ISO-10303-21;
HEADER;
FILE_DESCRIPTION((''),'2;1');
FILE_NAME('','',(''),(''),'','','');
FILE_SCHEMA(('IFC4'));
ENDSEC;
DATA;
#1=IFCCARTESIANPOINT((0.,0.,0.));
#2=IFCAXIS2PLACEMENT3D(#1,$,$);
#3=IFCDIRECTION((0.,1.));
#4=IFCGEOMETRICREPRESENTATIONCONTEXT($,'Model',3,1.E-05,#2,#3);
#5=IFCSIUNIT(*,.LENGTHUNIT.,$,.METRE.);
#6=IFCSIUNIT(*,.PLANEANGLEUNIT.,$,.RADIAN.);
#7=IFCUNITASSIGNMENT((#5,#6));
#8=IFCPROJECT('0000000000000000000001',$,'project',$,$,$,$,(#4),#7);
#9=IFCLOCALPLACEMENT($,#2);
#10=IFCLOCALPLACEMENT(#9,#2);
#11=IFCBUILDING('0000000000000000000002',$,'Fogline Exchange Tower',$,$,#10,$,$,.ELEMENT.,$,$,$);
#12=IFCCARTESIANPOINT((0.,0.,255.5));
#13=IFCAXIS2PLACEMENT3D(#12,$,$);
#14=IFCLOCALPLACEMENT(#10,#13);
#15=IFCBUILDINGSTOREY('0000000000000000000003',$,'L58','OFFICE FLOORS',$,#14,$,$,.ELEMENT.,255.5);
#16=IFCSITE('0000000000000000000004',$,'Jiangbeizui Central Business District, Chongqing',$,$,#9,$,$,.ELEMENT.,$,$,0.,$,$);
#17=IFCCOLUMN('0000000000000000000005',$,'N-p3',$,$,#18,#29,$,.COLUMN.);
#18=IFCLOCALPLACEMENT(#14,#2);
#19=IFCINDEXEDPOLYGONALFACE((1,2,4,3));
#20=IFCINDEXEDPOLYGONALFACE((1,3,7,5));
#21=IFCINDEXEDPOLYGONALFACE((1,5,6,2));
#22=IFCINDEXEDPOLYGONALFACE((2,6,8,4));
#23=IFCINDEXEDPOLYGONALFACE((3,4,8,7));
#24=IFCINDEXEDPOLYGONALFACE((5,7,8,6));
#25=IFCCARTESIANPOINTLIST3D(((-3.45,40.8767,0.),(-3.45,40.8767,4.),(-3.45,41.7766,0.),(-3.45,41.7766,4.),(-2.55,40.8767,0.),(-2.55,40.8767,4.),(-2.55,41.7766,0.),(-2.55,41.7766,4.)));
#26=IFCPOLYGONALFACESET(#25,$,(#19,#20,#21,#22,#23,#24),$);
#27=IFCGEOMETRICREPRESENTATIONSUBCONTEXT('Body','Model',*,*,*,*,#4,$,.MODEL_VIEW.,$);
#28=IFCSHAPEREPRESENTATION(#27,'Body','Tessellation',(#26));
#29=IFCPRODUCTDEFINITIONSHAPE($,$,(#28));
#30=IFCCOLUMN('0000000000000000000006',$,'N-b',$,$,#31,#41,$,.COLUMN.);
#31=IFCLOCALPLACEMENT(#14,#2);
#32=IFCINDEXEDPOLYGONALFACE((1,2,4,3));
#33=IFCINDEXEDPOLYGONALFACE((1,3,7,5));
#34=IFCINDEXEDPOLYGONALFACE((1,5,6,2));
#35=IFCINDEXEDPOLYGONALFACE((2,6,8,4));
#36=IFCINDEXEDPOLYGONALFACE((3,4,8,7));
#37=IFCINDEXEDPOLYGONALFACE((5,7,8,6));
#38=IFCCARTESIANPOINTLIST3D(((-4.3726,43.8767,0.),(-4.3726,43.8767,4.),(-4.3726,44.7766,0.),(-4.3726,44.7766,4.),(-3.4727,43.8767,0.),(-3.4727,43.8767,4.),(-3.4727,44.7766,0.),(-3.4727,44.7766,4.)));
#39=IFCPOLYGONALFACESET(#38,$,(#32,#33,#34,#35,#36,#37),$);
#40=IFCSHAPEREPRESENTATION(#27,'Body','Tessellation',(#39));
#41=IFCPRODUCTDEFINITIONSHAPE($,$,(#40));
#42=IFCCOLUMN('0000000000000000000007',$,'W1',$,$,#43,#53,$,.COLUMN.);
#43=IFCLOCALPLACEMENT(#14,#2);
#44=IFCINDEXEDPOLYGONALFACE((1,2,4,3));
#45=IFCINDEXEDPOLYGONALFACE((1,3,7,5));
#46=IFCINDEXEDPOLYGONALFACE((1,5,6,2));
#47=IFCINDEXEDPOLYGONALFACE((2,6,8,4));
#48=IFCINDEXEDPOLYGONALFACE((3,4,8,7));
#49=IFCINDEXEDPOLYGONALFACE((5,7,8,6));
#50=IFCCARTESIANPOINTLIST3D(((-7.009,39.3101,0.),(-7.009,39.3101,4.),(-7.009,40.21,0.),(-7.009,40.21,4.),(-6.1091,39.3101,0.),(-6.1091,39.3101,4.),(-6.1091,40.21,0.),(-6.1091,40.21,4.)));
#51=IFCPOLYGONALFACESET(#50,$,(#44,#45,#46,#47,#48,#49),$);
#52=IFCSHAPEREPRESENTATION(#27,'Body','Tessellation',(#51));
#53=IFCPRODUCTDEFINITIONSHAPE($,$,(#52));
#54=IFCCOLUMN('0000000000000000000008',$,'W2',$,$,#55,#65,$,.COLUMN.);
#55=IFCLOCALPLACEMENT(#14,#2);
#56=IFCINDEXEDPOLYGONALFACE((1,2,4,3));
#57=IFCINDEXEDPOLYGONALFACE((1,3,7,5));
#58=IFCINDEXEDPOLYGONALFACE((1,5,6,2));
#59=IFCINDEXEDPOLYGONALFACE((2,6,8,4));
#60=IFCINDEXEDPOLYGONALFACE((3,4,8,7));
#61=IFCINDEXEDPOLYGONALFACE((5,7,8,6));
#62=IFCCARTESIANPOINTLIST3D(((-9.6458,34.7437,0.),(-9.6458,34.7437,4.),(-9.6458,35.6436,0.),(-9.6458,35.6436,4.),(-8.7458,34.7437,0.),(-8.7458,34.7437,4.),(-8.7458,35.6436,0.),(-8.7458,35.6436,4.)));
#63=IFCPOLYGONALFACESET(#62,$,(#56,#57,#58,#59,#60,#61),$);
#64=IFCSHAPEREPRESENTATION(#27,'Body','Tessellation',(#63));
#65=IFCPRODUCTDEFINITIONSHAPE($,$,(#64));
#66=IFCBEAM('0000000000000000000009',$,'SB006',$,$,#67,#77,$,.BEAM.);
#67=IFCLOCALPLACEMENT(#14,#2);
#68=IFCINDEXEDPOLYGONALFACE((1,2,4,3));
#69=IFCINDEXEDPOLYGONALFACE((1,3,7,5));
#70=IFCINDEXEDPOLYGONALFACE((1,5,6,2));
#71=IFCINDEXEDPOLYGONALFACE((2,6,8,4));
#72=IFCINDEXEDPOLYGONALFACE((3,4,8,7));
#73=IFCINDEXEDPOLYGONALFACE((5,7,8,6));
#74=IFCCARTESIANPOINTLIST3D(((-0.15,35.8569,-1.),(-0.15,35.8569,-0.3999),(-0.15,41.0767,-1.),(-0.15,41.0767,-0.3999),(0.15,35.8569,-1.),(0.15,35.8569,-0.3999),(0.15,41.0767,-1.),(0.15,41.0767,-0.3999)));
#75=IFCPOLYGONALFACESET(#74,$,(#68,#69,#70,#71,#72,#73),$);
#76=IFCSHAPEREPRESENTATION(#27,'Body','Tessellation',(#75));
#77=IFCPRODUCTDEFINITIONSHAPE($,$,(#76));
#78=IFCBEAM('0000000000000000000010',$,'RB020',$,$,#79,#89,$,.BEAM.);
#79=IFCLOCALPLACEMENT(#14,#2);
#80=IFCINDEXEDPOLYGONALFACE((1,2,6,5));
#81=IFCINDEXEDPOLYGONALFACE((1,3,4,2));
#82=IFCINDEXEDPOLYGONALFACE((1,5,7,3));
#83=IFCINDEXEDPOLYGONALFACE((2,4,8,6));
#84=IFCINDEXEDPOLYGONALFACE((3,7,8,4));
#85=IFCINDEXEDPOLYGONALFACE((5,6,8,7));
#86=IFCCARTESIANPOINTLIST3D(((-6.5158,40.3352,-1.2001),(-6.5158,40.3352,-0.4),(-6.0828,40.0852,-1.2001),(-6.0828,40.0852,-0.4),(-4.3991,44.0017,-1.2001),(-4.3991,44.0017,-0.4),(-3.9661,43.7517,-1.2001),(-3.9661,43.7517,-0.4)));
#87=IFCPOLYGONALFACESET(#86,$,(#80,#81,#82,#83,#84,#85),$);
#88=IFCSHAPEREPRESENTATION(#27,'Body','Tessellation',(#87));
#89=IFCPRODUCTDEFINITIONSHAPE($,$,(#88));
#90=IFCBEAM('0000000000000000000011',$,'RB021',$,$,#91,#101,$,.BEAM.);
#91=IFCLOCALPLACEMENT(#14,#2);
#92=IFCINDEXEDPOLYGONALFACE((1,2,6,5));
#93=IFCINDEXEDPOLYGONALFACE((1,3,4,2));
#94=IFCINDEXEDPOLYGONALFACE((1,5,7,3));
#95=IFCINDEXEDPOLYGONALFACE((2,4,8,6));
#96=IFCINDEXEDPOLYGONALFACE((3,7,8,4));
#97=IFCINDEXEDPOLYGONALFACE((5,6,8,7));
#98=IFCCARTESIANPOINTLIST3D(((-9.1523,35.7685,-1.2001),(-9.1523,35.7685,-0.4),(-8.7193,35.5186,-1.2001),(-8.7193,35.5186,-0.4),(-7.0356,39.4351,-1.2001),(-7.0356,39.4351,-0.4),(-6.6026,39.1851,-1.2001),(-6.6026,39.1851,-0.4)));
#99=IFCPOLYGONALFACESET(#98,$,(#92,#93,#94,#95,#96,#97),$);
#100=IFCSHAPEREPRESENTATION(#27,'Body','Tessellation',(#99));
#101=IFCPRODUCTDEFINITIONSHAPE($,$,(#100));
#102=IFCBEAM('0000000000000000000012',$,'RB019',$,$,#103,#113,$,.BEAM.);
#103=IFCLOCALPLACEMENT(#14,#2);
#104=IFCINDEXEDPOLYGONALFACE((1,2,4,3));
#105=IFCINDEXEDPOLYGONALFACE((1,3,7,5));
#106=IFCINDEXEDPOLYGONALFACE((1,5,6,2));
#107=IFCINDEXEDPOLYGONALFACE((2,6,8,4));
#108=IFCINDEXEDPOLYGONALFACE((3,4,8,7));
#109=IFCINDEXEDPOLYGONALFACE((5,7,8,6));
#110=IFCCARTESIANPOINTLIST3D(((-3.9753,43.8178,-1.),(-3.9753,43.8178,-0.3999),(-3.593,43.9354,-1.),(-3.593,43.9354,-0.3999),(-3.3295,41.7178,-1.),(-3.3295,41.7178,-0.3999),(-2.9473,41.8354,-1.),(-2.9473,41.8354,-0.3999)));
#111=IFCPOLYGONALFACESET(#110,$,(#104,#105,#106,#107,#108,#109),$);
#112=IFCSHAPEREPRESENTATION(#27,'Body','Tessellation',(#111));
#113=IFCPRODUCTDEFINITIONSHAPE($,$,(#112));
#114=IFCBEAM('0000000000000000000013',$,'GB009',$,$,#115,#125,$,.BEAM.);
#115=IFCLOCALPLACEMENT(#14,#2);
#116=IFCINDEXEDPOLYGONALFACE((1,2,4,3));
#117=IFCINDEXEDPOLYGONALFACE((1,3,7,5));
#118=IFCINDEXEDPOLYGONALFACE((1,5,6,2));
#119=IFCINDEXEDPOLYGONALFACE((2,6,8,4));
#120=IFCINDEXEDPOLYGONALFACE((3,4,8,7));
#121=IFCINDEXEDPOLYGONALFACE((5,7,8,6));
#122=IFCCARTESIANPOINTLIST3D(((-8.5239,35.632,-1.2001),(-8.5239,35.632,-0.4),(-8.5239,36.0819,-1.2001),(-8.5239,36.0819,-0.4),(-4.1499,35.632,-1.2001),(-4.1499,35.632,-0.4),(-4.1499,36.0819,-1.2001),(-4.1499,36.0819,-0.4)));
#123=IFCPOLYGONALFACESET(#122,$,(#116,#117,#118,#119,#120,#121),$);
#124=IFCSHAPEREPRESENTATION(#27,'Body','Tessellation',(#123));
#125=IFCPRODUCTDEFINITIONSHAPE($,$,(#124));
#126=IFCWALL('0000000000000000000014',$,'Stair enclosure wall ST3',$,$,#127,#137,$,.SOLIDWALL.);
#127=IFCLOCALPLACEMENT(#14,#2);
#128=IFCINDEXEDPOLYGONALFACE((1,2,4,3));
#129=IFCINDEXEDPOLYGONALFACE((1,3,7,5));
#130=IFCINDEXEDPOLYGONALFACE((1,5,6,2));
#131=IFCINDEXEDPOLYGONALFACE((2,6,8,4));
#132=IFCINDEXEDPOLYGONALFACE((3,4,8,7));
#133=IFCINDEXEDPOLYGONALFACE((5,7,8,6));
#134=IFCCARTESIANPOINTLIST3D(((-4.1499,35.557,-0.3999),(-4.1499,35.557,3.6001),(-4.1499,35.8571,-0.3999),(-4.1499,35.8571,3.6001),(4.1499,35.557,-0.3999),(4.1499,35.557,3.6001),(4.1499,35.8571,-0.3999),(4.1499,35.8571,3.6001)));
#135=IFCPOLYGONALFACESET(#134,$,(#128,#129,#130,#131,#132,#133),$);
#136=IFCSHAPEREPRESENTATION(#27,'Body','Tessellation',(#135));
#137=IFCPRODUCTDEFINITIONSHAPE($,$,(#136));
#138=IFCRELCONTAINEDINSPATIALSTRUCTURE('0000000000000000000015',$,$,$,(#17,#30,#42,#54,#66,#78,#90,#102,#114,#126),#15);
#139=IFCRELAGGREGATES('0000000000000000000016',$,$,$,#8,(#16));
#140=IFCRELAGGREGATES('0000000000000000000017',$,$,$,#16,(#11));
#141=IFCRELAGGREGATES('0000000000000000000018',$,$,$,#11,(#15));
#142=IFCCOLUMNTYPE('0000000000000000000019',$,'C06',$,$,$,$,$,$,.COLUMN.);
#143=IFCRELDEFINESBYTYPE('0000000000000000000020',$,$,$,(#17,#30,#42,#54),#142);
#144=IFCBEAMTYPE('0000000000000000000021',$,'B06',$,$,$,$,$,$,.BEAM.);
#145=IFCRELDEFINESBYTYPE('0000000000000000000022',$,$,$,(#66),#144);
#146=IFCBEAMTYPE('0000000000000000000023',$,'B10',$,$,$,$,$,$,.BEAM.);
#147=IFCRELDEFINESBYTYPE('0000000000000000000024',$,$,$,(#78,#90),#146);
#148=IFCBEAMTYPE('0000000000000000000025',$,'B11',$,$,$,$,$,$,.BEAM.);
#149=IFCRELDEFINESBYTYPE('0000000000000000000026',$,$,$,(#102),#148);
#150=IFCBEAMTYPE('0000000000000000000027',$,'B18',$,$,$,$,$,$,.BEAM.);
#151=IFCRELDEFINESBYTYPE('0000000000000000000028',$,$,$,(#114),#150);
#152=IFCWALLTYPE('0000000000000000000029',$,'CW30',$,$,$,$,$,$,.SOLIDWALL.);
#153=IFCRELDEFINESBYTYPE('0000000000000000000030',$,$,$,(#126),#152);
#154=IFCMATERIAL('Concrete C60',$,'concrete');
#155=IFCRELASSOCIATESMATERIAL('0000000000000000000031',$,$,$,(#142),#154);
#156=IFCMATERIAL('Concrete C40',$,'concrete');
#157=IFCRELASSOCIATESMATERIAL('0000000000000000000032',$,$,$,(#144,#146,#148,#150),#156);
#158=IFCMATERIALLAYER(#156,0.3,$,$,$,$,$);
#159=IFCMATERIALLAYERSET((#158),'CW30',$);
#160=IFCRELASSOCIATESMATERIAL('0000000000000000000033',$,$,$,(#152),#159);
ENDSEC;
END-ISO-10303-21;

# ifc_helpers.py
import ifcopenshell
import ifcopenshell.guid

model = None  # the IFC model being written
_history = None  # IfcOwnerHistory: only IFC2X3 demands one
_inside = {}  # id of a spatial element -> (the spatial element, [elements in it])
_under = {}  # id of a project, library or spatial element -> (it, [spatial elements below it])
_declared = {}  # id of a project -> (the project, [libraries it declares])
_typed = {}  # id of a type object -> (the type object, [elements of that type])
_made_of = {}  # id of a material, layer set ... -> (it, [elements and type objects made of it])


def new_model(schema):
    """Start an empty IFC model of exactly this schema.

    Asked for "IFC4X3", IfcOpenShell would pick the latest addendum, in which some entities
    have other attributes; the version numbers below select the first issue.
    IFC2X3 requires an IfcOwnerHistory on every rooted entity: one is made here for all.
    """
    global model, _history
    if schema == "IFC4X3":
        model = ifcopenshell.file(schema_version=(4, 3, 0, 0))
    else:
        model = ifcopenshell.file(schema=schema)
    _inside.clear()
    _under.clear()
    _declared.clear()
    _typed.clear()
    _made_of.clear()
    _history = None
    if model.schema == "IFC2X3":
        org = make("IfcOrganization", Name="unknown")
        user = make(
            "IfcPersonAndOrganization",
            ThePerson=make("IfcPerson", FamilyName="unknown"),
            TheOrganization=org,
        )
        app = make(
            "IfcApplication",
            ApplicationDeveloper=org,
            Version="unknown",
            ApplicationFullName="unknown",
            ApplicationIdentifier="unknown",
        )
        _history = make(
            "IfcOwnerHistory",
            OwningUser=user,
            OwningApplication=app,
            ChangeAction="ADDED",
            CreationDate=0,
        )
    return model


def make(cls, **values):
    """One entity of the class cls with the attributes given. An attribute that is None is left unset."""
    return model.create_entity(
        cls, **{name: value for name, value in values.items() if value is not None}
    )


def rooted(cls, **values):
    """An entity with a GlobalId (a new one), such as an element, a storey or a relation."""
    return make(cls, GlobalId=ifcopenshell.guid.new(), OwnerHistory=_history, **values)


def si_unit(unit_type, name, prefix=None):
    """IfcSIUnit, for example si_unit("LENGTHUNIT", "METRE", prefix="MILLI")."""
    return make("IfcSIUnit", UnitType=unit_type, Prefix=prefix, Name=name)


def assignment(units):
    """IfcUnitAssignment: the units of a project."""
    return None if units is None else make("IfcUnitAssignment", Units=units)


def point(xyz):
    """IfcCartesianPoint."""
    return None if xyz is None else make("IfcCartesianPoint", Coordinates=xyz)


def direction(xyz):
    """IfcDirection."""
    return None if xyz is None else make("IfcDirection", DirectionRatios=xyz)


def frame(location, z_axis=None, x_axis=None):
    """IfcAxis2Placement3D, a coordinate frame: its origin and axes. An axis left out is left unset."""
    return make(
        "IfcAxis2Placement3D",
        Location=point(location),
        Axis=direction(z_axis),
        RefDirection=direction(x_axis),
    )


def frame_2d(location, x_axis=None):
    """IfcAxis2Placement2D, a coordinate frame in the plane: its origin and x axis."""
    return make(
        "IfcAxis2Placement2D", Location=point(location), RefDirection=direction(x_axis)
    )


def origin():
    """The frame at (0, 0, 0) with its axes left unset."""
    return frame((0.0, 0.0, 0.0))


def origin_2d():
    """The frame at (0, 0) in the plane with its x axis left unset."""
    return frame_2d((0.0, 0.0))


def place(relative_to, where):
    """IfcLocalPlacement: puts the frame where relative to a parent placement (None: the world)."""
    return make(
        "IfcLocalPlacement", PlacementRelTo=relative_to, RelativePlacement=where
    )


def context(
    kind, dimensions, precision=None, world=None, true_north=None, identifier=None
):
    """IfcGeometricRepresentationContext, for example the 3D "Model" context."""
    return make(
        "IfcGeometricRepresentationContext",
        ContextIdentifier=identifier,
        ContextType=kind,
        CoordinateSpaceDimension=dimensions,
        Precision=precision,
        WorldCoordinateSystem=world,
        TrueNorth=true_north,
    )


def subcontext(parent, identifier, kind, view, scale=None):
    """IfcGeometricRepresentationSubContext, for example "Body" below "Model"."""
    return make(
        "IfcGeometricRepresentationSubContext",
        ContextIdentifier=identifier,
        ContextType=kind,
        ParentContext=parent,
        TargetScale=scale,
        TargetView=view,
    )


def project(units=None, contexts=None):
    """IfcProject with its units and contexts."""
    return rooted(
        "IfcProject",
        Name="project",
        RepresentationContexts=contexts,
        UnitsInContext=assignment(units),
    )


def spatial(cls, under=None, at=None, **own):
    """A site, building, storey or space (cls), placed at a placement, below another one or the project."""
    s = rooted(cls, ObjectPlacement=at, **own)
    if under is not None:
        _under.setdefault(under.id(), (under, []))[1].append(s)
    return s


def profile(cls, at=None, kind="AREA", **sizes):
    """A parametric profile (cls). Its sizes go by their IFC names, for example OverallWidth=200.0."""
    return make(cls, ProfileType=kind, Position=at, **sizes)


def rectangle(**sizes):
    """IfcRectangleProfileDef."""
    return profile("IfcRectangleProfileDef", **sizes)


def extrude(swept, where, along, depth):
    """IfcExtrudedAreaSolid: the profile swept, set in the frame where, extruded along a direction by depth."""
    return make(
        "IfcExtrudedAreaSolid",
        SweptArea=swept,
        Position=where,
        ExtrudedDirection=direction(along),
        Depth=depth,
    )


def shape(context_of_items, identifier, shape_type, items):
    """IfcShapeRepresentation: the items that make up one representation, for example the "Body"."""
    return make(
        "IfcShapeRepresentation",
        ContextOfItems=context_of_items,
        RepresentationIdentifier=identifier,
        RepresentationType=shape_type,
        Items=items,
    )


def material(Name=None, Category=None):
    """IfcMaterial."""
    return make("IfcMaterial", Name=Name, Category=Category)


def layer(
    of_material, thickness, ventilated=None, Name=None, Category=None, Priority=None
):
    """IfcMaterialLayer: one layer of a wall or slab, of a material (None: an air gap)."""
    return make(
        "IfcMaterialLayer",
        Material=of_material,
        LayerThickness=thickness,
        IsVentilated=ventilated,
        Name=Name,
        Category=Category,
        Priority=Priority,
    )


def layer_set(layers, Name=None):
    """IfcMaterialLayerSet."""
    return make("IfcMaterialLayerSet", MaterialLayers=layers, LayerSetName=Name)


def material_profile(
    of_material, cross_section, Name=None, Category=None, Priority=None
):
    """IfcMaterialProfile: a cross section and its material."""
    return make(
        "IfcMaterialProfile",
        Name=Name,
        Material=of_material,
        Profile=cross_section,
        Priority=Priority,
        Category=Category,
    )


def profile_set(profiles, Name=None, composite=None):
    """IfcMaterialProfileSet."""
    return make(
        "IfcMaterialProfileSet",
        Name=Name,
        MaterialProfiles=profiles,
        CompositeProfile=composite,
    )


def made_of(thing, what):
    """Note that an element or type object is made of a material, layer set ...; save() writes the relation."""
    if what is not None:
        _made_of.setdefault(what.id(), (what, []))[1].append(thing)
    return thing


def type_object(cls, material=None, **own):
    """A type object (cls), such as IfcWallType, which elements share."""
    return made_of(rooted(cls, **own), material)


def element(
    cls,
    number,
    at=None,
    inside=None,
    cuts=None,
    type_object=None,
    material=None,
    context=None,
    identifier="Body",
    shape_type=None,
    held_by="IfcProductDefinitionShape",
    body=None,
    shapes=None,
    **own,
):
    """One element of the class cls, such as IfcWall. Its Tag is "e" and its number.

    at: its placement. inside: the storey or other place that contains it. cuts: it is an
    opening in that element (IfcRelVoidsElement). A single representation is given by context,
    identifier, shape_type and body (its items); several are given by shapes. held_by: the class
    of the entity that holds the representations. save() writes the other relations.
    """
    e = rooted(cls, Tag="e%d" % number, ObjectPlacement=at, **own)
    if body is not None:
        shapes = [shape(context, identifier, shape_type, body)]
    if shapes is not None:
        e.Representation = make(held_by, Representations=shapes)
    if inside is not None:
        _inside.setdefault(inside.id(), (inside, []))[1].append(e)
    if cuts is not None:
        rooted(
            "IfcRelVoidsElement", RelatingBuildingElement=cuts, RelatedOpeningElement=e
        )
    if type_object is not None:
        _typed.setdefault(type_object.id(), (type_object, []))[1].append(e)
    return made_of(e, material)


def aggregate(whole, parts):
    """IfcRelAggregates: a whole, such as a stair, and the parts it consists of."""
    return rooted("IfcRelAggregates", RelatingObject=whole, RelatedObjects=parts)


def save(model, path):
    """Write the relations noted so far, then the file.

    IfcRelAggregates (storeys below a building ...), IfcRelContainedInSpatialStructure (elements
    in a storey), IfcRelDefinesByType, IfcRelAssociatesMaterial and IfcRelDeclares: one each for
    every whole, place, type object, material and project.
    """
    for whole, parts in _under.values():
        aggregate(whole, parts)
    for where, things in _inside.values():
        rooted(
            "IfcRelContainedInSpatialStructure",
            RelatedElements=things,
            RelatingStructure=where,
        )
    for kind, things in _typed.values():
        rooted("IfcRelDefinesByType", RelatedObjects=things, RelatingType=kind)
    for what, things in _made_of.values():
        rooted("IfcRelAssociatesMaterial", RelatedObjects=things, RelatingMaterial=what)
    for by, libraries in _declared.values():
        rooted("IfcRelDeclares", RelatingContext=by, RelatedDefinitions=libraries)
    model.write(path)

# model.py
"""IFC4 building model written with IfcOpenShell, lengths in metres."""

from ifc_helpers import new_model, si_unit, direction, frame, frame_2d, origin, origin_2d, place, context, subcontext, project, spatial, rectangle, extrude, material, layer, layer_set, material_profile, profile_set, type_object, element, save


model = new_model("IFC4")

# Units and contexts
model_context = context("Model", 3, precision=1e-05, world=origin(), true_north=direction((0.0, 1.0)))
body_context = subcontext(model_context, "Body", "Model", "MODEL_VIEW")
ifc_project = project(units=[si_unit("LENGTHUNIT", "METRE"), si_unit("PLANEANGLEUNIT", "RADIAN")], contexts=[model_context])

# Site, building, storey
site_placement = place(None, origin())
site = spatial("IfcSite", under=ifc_project, at=site_placement, Name="Jiangbeizui Central Business District, Chongqing", CompositionType="ELEMENT", RefElevation=0.0)
building_placement = place(site_placement, origin())
building = spatial("IfcBuilding", under=site, at=building_placement, Name="Fogline Exchange Tower", CompositionType="ELEMENT")
storey_placement = place(building_placement, frame((0.0, 0.0, 255.5)))
storey = spatial("IfcBuildingStorey", under=building, at=storey_placement, Name="L58", Description="OFFICE FLOORS", CompositionType="ELEMENT", Elevation=255.5)

# Columns
ifc_material_1 = material(Name="Concrete C60", Category="concrete")
ifc_material_profile_1 = material_profile(ifc_material_1, rectangle(XDim=0.8999, YDim=0.8999, at=origin_2d()), Name="RC 900x900")
ifc_profile_set_1 = profile_set([ifc_material_profile_1], Name="Concrete C60")
column_type = type_object("IfcColumnType", Name="C06", PredefinedType="COLUMN", material=ifc_profile_set_1)
for number, where, z_axis, x_axis, name in (
    (1, (-3.0, 41.3267, 0.0), (0.0, 0.0, 1.0), (1.0, 0.0, 0.0), "N-p3"),
    (2, (-3.9226, 44.3267, 0.0), (0.0, 0.0, 1.0), (1.0, 0.0, 0.0), "N-b"),
    (3, (-6.5591, 39.76, 0.0), (0.0, 0.0, 1.0), (1.0, 0.0, 0.0), "W1"),
    (4, (-9.1958, 35.1936, 0.0), (0.0, 0.0, 1.0), (1.0, 0.0, 0.0), "W2"),
):
    element("IfcColumn", number, at=place(storey_placement, frame(where, z_axis=z_axis, x_axis=x_axis)), inside=storey, type_object=column_type, Name=name, PredefinedType="COLUMN", context=body_context, shape_type="SweptSolid", body=[
        extrude(rectangle(XDim=0.8999, YDim=0.8999, at=origin_2d()), origin(), (0.0, 0.0, 1.0), 4.0),
    ])

# Beams
ifc_material_2 = material(Name="Concrete C40", Category="concrete")
ifc_material_profile_2 = material_profile(ifc_material_2, rectangle(XDim=0.3, YDim=0.6001, at=origin_2d()), Name="RC 300x600")
ifc_profile_set_2 = profile_set([ifc_material_profile_2], Name="Concrete C40")
beam_type_1 = type_object("IfcBeamType", Name="B06", PredefinedType="BEAM", material=ifc_profile_set_2)
beam_1_placement = place(storey_placement, frame((0.0, 35.8569, -0.7), z_axis=(0.0, 1.0, 0.0), x_axis=(-1.0, 0.0, 0.0)))
element("IfcBeam", 5, at=beam_1_placement, inside=storey, type_object=beam_type_1, Name="SB006", PredefinedType="BEAM", context=body_context, shape_type="SweptSolid", body=[
    extrude(rectangle(XDim=0.3, YDim=0.6001, at=origin_2d()), origin(), (0.0, 0.0, 1.0), 5.2197),
])
ifc_material_profile_3 = material_profile(ifc_material_2, rectangle(XDim=0.5, YDim=0.8, at=origin_2d()), Name="RC 500x800")
ifc_profile_set_3 = profile_set([ifc_material_profile_3], Name="Concrete C40")
beam_type_2 = type_object("IfcBeamType", Name="B10", PredefinedType="BEAM", material=ifc_profile_set_3)
for number, where, z_axis, x_axis, name in (
    (6, (-4.1826, 43.8767, -0.8), (-0.499972, -0.866042, 0.0), (0.866042, -0.499972, 0.0), "RB020"),
    (7, (-6.8191, 39.3101, -0.8), (-0.499972, -0.866042, 0.0), (0.866042, -0.499972, 0.0), "RB021"),
):
    element("IfcBeam", number, at=place(storey_placement, frame(where, z_axis=z_axis, x_axis=x_axis)), inside=storey, type_object=beam_type_2, Name=name, PredefinedType="BEAM", context=body_context, shape_type="SweptSolid", body=[
        extrude(rectangle(XDim=0.5, YDim=0.8, at=origin_2d()), origin(), (0.0, 0.0, 1.0), 4.2336),
    ])
ifc_material_profile_4 = material_profile(ifc_material_2, rectangle(XDim=0.3999, YDim=0.6001, at=origin_2d()), Name="RC 400x600")
ifc_profile_set_4 = profile_set([ifc_material_profile_4], Name="Concrete C40")
beam_type_3 = type_object("IfcBeamType", Name="B11", PredefinedType="BEAM", material=ifc_profile_set_4)
beam_2_placement = place(storey_placement, frame((-3.1384, 41.7766, -0.7), z_axis=(-0.293906, 0.955834, 0.0), x_axis=(-0.955834, -0.293906, 0.0)))
element("IfcBeam", 8, at=beam_2_placement, inside=storey, type_object=beam_type_3, Name="RB019", PredefinedType="BEAM", context=body_context, shape_type="SweptSolid", body=[
    extrude(rectangle(XDim=0.3999, YDim=0.6001, at=origin_2d()), origin(), (0.0, 0.0, 1.0), 2.197),
])
ifc_material_profile_5 = material_profile(ifc_material_2, rectangle(XDim=0.45, YDim=0.8, at=origin_2d()), Name="RC 450x800")
ifc_profile_set_5 = profile_set([ifc_material_profile_5], Name="Concrete C40")
beam_type_4 = type_object("IfcBeamType", Name="B18", PredefinedType="BEAM", material=ifc_profile_set_5)
beam_3_placement = place(storey_placement, frame((-8.5239, 35.8569, -0.8), z_axis=(1.0, 0.0, 0.0), x_axis=(0.0, 1.0, 0.0)))
element("IfcBeam", 9, at=beam_3_placement, inside=storey, type_object=beam_type_4, Name="GB009", PredefinedType="BEAM", context=body_context, shape_type="SweptSolid", body=[
    extrude(rectangle(XDim=0.45, YDim=0.8, at=origin_2d()), origin(), (0.0, 0.0, 1.0), 4.374),
])

# Wall
ifc_layer_1 = layer(ifc_material_2, 0.3)
ifc_layer_set_1 = layer_set([ifc_layer_1], Name="CW30")
wall_type_1 = type_object("IfcWallType", Name="CW30", PredefinedType="SOLIDWALL", material=ifc_layer_set_1)
wall_1_placement = place(storey_placement, frame((-4.1499, 35.707, -0.3999), z_axis=(0.0, 0.0, 1.0), x_axis=(1.0, 0.0, 0.0)))
element("IfcWall", 10, at=wall_1_placement, inside=storey, type_object=wall_type_1, Name="Stair enclosure wall ST3", PredefinedType="SOLIDWALL", context=body_context, shape_type="SweptSolid", body=[
    extrude(rectangle(XDim=8.2998, YDim=0.3, at=frame_2d((4.1499, 0.0))), origin(), (0.0, 0.0, 1.0), 4.0),
])

save(model, "model.ifc")
